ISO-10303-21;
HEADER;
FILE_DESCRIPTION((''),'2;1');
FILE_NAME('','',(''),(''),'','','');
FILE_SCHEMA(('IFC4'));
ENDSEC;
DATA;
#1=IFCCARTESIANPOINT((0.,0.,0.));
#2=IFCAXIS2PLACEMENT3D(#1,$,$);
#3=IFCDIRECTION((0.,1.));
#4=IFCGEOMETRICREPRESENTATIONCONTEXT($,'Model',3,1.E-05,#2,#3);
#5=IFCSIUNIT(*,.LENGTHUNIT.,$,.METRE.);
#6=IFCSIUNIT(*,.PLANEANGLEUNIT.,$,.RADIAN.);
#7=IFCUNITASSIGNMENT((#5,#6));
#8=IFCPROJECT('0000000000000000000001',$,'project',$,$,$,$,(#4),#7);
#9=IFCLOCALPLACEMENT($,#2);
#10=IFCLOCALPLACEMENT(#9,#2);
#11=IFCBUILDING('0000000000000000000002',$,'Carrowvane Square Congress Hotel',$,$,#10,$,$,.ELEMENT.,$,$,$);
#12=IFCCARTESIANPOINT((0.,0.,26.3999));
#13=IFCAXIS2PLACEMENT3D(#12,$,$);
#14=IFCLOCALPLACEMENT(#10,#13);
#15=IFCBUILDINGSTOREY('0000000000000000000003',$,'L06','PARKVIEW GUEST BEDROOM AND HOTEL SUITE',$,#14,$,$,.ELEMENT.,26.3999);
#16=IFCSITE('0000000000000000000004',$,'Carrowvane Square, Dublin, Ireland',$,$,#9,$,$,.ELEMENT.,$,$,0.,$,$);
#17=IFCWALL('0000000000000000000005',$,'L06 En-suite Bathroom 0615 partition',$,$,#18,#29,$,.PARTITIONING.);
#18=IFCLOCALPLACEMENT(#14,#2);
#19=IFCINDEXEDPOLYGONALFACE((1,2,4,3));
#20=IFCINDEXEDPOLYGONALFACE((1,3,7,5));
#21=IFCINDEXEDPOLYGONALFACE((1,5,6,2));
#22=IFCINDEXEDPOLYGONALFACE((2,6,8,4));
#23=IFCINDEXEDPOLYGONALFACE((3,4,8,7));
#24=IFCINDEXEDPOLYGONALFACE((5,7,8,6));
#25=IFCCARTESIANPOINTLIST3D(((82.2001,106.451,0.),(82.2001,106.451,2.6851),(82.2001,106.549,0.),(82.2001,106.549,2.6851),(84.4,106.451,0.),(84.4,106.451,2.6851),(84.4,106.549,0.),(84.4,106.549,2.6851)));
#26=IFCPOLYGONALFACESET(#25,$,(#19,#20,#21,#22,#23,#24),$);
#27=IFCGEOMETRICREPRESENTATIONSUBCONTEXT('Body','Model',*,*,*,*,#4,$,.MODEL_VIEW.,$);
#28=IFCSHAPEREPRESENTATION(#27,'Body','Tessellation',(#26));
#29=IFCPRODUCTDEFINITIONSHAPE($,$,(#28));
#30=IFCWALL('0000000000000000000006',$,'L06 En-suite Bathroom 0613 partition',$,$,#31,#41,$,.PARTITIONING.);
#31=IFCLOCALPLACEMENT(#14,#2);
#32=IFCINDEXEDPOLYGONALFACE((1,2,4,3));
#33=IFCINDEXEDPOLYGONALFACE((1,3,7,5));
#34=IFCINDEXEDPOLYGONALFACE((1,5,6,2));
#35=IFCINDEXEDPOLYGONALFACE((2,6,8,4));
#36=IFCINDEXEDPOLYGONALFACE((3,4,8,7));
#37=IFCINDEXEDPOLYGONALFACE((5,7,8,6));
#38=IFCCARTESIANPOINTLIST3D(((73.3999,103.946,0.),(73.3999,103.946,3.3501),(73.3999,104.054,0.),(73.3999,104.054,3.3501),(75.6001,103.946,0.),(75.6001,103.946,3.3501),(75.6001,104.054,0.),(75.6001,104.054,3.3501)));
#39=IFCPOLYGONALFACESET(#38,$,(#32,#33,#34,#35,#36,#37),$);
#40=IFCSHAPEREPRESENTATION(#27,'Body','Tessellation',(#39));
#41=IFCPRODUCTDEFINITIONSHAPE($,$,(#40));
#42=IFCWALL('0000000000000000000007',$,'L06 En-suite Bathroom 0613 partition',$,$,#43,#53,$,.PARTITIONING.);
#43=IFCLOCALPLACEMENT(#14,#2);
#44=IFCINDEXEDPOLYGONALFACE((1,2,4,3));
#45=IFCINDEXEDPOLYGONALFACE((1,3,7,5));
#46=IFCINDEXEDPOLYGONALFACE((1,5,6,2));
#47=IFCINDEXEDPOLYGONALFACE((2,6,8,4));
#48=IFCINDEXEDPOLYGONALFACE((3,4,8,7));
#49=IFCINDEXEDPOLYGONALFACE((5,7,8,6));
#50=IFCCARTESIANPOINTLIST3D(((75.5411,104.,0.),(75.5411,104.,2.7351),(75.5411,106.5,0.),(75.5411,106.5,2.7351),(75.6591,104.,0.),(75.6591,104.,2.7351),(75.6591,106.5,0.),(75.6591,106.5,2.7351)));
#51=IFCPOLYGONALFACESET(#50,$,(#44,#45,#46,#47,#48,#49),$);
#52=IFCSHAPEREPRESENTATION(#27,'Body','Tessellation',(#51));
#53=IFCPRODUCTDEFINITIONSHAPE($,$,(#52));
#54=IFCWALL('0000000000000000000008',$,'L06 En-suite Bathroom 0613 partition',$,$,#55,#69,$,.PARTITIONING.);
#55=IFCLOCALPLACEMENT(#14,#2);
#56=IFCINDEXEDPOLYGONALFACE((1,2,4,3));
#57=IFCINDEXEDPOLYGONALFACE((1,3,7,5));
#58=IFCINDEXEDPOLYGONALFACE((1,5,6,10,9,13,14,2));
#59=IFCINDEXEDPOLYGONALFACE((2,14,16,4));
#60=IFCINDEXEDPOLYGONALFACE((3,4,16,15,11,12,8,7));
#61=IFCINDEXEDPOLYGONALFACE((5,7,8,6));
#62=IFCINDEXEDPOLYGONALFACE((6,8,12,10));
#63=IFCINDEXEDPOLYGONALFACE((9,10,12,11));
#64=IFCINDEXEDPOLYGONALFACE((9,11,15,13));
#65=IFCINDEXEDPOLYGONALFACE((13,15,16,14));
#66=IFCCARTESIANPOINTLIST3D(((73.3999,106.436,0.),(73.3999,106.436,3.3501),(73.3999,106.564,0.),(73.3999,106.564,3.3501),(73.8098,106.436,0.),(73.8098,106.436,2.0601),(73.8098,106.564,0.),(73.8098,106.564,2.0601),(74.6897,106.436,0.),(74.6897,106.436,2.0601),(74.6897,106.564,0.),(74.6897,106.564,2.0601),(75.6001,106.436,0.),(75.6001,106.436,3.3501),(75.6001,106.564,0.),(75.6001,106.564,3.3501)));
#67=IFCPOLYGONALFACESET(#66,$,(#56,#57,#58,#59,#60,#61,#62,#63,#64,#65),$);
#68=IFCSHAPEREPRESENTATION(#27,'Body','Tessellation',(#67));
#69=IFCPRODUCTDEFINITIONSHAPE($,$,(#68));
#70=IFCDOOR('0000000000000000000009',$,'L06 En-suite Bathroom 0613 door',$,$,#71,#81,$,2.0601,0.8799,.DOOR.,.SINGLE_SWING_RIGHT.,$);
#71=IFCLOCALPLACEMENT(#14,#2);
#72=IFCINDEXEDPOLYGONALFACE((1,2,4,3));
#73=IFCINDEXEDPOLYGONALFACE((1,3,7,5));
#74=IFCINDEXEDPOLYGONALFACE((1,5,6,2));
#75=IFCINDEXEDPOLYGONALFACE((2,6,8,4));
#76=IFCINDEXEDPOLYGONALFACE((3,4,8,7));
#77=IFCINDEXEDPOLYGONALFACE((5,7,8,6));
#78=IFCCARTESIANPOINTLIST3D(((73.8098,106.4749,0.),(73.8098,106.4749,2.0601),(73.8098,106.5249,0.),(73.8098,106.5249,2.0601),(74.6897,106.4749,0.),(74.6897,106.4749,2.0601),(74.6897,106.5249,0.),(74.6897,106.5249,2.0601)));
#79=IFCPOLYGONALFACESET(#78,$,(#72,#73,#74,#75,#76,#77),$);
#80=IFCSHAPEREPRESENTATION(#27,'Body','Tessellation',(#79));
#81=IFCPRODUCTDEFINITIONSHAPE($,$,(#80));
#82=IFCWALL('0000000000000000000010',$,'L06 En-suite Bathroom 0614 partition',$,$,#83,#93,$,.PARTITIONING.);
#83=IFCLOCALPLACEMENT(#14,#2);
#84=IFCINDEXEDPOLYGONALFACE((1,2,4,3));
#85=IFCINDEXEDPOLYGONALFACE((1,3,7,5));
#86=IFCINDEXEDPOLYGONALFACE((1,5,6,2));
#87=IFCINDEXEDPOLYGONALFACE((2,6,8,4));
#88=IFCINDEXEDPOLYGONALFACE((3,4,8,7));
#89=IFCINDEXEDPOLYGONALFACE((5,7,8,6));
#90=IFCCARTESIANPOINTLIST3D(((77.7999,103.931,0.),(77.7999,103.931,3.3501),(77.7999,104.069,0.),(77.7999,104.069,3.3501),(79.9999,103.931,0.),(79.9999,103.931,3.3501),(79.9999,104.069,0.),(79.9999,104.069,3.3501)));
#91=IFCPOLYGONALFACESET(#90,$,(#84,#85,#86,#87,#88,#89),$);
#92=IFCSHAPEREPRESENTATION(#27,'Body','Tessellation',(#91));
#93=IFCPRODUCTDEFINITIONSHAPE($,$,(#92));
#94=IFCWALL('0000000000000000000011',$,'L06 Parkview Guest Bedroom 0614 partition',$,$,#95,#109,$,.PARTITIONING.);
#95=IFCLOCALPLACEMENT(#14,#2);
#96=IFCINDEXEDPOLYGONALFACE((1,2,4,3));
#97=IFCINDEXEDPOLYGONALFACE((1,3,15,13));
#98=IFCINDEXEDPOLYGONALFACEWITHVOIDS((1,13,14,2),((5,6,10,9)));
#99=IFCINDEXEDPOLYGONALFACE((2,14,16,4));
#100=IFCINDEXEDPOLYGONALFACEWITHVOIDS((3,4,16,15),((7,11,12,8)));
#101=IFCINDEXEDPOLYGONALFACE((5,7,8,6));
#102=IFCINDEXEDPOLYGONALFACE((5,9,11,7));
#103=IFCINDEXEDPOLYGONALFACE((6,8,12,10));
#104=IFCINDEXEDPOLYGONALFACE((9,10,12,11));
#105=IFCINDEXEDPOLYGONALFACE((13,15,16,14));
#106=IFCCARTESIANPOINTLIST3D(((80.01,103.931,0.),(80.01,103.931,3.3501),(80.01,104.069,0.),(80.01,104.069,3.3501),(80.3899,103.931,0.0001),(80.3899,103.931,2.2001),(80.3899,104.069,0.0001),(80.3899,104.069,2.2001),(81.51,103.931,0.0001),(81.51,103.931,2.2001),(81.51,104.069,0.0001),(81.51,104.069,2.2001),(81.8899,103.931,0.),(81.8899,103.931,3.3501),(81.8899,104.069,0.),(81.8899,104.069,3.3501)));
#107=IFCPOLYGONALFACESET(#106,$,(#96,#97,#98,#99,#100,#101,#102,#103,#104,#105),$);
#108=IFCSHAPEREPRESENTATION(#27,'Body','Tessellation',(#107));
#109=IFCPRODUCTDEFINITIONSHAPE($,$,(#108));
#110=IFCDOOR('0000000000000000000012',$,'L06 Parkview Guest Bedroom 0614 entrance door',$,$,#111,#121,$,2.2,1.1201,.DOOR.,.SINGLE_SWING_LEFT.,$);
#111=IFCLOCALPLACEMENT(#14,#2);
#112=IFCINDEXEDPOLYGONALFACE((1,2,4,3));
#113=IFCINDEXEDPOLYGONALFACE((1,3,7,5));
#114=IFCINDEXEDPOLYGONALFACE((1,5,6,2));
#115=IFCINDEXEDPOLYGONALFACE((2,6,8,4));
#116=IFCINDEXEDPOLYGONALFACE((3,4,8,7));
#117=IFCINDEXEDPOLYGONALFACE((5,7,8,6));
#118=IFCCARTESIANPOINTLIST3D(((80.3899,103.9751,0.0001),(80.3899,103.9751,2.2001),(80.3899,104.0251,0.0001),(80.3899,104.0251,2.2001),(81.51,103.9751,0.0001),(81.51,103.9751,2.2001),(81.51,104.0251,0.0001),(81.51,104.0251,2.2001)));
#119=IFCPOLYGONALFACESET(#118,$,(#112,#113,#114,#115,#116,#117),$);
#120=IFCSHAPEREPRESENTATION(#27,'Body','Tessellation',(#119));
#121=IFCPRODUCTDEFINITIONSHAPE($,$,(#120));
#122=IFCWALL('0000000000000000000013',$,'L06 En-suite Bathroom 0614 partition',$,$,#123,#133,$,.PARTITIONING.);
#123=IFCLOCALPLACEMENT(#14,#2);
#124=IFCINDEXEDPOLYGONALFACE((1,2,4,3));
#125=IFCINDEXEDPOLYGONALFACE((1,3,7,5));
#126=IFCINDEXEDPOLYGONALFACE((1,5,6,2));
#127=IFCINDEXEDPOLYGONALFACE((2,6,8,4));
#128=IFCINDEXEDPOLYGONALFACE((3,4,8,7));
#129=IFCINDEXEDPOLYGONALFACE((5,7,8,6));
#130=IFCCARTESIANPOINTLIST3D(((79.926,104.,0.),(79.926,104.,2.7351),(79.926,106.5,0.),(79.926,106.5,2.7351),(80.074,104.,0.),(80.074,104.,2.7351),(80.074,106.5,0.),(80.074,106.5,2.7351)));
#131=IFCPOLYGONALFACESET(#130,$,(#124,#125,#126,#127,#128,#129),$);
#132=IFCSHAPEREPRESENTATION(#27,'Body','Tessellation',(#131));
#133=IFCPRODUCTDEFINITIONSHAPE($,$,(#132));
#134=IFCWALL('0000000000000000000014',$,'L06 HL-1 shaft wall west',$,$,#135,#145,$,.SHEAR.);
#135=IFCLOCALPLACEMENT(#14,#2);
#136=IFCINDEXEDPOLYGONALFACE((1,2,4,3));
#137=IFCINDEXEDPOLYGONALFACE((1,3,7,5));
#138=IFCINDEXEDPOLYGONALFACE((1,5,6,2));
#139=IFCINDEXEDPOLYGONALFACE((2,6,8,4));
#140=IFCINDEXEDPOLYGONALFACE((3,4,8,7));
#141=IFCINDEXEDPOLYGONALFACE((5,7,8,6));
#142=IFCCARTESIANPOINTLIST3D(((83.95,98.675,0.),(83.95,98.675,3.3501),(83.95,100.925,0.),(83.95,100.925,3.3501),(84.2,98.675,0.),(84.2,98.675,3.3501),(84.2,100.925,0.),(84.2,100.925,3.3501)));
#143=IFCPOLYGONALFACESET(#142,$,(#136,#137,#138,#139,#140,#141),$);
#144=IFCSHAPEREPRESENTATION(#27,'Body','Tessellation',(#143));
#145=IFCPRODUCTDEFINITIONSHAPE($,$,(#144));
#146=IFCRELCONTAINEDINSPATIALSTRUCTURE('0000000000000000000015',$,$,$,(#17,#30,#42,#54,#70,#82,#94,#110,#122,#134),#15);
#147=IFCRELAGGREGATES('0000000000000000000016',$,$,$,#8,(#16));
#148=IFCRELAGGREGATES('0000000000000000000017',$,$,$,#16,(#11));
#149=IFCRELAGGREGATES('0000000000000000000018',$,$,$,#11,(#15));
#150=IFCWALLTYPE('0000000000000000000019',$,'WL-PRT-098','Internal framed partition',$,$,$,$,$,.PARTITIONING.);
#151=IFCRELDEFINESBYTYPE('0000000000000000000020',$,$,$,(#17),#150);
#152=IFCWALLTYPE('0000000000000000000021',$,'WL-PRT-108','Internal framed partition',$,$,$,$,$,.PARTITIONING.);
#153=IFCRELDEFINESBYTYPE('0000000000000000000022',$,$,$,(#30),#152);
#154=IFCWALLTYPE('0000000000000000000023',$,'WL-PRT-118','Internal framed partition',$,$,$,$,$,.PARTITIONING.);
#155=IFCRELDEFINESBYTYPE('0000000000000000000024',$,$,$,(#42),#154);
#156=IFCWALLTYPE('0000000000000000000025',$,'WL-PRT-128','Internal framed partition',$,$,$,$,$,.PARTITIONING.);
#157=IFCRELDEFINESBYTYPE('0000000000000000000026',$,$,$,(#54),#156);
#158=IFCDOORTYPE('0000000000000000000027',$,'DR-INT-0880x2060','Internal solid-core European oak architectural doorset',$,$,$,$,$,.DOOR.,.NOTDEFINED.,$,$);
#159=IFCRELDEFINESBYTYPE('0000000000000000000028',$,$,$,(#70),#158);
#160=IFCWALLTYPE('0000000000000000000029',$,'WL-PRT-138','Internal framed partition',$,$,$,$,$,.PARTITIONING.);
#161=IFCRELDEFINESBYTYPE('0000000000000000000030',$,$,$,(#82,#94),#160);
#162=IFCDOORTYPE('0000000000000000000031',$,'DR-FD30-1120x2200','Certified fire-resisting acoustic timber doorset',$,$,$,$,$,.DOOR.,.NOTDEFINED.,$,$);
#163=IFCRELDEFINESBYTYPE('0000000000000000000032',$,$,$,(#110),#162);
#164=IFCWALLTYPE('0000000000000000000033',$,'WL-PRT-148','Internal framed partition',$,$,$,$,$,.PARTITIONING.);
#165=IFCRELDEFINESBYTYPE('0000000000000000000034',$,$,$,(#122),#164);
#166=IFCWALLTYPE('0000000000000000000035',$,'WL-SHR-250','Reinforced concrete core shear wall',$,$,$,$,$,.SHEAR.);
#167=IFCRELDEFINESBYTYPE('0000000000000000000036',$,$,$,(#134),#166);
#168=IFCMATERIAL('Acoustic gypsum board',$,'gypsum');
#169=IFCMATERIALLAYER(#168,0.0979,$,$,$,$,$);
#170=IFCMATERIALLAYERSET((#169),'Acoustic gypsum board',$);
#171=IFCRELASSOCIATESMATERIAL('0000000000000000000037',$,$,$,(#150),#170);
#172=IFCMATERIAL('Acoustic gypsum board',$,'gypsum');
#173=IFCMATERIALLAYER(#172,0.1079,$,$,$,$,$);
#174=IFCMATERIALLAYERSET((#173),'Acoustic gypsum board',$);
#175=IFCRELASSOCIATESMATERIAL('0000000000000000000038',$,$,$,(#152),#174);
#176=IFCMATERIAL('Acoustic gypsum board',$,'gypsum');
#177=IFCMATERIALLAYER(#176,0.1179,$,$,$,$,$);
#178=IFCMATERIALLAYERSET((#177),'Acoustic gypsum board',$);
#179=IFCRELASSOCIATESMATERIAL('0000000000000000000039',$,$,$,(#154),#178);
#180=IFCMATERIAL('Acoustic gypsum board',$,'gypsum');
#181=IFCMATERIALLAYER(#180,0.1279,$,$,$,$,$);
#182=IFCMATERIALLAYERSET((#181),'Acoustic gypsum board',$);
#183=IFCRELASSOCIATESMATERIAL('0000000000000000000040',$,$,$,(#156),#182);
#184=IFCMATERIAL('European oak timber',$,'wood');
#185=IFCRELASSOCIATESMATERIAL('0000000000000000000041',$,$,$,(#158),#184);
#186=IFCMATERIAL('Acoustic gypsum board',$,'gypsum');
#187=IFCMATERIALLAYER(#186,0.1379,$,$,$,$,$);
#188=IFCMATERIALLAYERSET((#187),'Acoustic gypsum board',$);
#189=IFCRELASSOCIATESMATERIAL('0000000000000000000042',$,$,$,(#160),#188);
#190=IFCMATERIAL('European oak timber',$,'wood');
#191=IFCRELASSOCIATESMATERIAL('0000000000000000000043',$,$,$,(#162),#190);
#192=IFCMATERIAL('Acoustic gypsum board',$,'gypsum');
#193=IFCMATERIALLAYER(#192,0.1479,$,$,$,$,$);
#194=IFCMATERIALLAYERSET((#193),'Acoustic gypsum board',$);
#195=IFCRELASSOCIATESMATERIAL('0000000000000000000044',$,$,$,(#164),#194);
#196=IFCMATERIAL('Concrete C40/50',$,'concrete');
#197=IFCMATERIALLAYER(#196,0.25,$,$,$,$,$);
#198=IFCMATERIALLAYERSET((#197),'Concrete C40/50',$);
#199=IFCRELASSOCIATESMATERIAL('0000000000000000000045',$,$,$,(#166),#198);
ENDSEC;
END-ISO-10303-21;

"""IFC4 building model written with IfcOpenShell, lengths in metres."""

from ifc_helpers import new_model, si_unit, direction, frame, frame_2d, origin, place, context, subcontext, project, spatial, rectangle, extrude, material, layer, layer_set, type_object, element, fill, save


model = new_model("IFC4")

# Units and contexts
model_context = context("Model", 3, precision=1e-05, world=origin(), true_north=direction((0.0, 1.0)))
body_context = subcontext(model_context, "Body", "Model", "MODEL_VIEW")
ifc_project = project(units=[si_unit("LENGTHUNIT", "METRE"), si_unit("PLANEANGLEUNIT", "RADIAN")], contexts=[model_context])

# Site, building, storey
site_placement = place(None, origin())
site = spatial("IfcSite", under=ifc_project, at=site_placement, Name="Carrowvane Square, Dublin, Ireland", CompositionType="ELEMENT", RefElevation=0.0)
building_placement = place(site_placement, origin())
building = spatial("IfcBuilding", under=site, at=building_placement, Name="Carrowvane Square Congress Hotel", CompositionType="ELEMENT")
storey_placement = place(building_placement, frame((0.0, 0.0, 26.3999)))
storey = spatial("IfcBuildingStorey", under=building, at=storey_placement, Name="L06", Description="PARKVIEW GUEST BEDROOM AND HOTEL SUITE", CompositionType="ELEMENT", Elevation=26.3999)

# Walls
ifc_material_1 = material(Name="Acoustic gypsum board", Category="gypsum")
ifc_layer_1 = layer(ifc_material_1, 0.0979)
ifc_layer_set_1 = layer_set([ifc_layer_1], Name="Acoustic gypsum board")
wall_type_1 = type_object("IfcWallType", Name="WL-PRT-098", Description="Internal framed partition", PredefinedType="PARTITIONING", material=ifc_layer_set_1)
wall_1_placement = place(storey_placement, frame((82.2, 106.5, 0.0), z_axis=(0.0, 0.0, 1.0), x_axis=(1.0, 0.0, 0.0)))
element("IfcWall", 1, at=wall_1_placement, inside=storey, type_object=wall_type_1, Name="L06 En-suite Bathroom 0615 partition", PredefinedType="PARTITIONING", context=body_context, shape_type="SweptSolid", body=[
    extrude(rectangle(XDim=2.2, YDim=0.0979, at=frame_2d((1.1001, 0.0))), origin(), (0.0, 0.0, 1.0), 2.6851),
])
ifc_material_2 = material(Name="Acoustic gypsum board", Category="gypsum")
ifc_layer_2 = layer(ifc_material_2, 0.1079)
ifc_layer_set_2 = layer_set([ifc_layer_2], Name="Acoustic gypsum board")
wall_type_2 = type_object("IfcWallType", Name="WL-PRT-108", Description="Internal framed partition", PredefinedType="PARTITIONING", material=ifc_layer_set_2)
wall_2_placement = place(storey_placement, frame((75.6001, 104.0, 0.0), z_axis=(0.0, 0.0, 1.0), x_axis=(-1.0, 0.0, 0.0)))
element("IfcWall", 2, at=wall_2_placement, inside=storey, type_object=wall_type_2, Name="L06 En-suite Bathroom 0613 partition", PredefinedType="PARTITIONING", context=body_context, shape_type="SweptSolid", body=[
    extrude(rectangle(XDim=2.2002, YDim=0.1079, at=frame_2d((1.1001, 0.0))), origin(), (0.0, 0.0, 1.0), 3.3501),
])
ifc_material_3 = material(Name="Acoustic gypsum board", Category="gypsum")
ifc_layer_3 = layer(ifc_material_3, 0.1179)
ifc_layer_set_3 = layer_set([ifc_layer_3], Name="Acoustic gypsum board")
wall_type_3 = type_object("IfcWallType", Name="WL-PRT-118", Description="Internal framed partition", PredefinedType="PARTITIONING", material=ifc_layer_set_3)
wall_3_placement = place(storey_placement, frame((75.6001, 106.5, 0.0), z_axis=(0.0, 0.0, 1.0), x_axis=(0.0, -1.0, 0.0)))
element("IfcWall", 3, at=wall_3_placement, inside=storey, type_object=wall_type_3, Name="L06 En-suite Bathroom 0613 partition", PredefinedType="PARTITIONING", context=body_context, shape_type="SweptSolid", body=[
    extrude(rectangle(XDim=2.5, YDim=0.1179, at=frame_2d((1.25, 0.0))), origin(), (0.0, 0.0, 1.0), 2.7351),
])

# Wall, opening, door
ifc_material_4 = material(Name="Acoustic gypsum board", Category="gypsum")
ifc_layer_4 = layer(ifc_material_4, 0.1279)
ifc_layer_set_4 = layer_set([ifc_layer_4], Name="Acoustic gypsum board")
wall_type_4 = type_object("IfcWallType", Name="WL-PRT-128", Description="Internal framed partition", PredefinedType="PARTITIONING", material=ifc_layer_set_4)
wall_4_placement = place(storey_placement, frame((73.3999, 106.5, 0.0), z_axis=(0.0, 0.0, 1.0), x_axis=(1.0, 0.0, 0.0)))
wall_4 = element("IfcWall", 4, at=wall_4_placement, inside=storey, type_object=wall_type_4, Name="L06 En-suite Bathroom 0613 partition", PredefinedType="PARTITIONING", context=body_context, shape_type="SweptSolid", body=[
    extrude(rectangle(XDim=2.2002, YDim=0.1279, at=frame_2d((1.1001, 0.0))), origin(), (0.0, 0.0, 1.0), 3.3501),
])
opening_1_placement = place(wall_4_placement, frame((0.4099, 0.0, 0.0)))
opening_1 = element("IfcOpeningElement", 5, at=opening_1_placement, cuts=wall_4, PredefinedType="OPENING", context=body_context, shape_type="SweptSolid", body=[
    extrude(rectangle(XDim=0.8799, YDim=2.0601, at=frame_2d((0.4399, 1.03))), frame((0.0, 0.074, 0.0), z_axis=(0.0, -1.0, 0.0), x_axis=(1.0, 0.0, 0.0)), (0.0, 0.0, 1.0), 0.1479),
])
ifc_material_5 = material(Name="European oak timber", Category="wood")
door_type_1 = type_object("IfcDoorType", Name="DR-INT-0880x2060", Description="Internal solid-core European oak architectural doorset", OperationType="NOTDEFINED", PredefinedType="DOOR", material=ifc_material_5)
door_1_placement = place(opening_1_placement, origin())
door_1 = element("IfcDoor", 6, at=door_1_placement, inside=storey, type_object=door_type_1, Name="L06 En-suite Bathroom 0613 door", OperationType="SINGLE_SWING_RIGHT", OverallHeight=2.0601, OverallWidth=0.8799, PredefinedType="DOOR", context=body_context, shape_type="SweptSolid", body=[
    extrude(rectangle(XDim=0.8799, YDim=2.0601, at=frame_2d((0.4399, 1.03))), frame((0.0, 0.0249, 0.0), z_axis=(0.0, -1.0, 0.0), x_axis=(1.0, 0.0, 0.0)), (0.0, 0.0, 1.0), 0.05),
])
fill(opening_1, door_1)

# Wall
ifc_material_6 = material(Name="Acoustic gypsum board", Category="gypsum")
ifc_layer_5 = layer(ifc_material_6, 0.1379)
ifc_layer_set_5 = layer_set([ifc_layer_5], Name="Acoustic gypsum board")
wall_type_5 = type_object("IfcWallType", Name="WL-PRT-138", Description="Internal framed partition", PredefinedType="PARTITIONING", material=ifc_layer_set_5)
wall_5_placement = place(storey_placement, frame((80.0, 104.0, 0.0), z_axis=(0.0, 0.0, 1.0), x_axis=(-1.0, 0.0, 0.0)))
element("IfcWall", 7, at=wall_5_placement, inside=storey, type_object=wall_type_5, Name="L06 En-suite Bathroom 0614 partition", PredefinedType="PARTITIONING", context=body_context, shape_type="SweptSolid", body=[
    extrude(rectangle(XDim=2.2, YDim=0.1379, at=frame_2d((1.1001, 0.0))), origin(), (0.0, 0.0, 1.0), 3.3501),
])

# Wall, opening, door
wall_6_placement = place(storey_placement, frame((81.8899, 104.0, 0.0), z_axis=(0.0, 0.0, 1.0), x_axis=(-1.0, 0.0, 0.0)))
wall_6 = element("IfcWall", 8, at=wall_6_placement, inside=storey, type_object=wall_type_5, Name="L06 Parkview Guest Bedroom 0614 partition", PredefinedType="PARTITIONING", context=body_context, shape_type="SweptSolid", body=[
    extrude(rectangle(XDim=1.8799, YDim=0.1379, at=frame_2d((0.9399, 0.0))), origin(), (0.0, 0.0, 1.0), 3.3501),
])
opening_2_placement = place(wall_6_placement, frame((0.3799, 0.0, 0.0)))
opening_2 = element("IfcOpeningElement", 9, at=opening_2_placement, cuts=wall_6, PredefinedType="OPENING", context=body_context, shape_type="SweptSolid", body=[
    extrude(rectangle(XDim=1.1201, YDim=2.2, at=frame_2d((0.5601, 1.1001))), frame((0.0, 0.0789, 0.0), z_axis=(0.0, -1.0, 0.0), x_axis=(1.0, 0.0, 0.0)), (0.0, 0.0, 1.0), 0.158),
])
ifc_material_7 = material(Name="European oak timber", Category="wood")
door_type_2 = type_object("IfcDoorType", Name="DR-FD30-1120x2200", Description="Certified fire-resisting acoustic timber doorset", OperationType="NOTDEFINED", PredefinedType="DOOR", material=ifc_material_7)
door_2_placement = place(opening_2_placement, origin())
door_2 = element("IfcDoor", 10, at=door_2_placement, inside=storey, type_object=door_type_2, Name="L06 Parkview Guest Bedroom 0614 entrance door", OperationType="SINGLE_SWING_LEFT", OverallHeight=2.2, OverallWidth=1.1201, PredefinedType="DOOR", context=body_context, shape_type="SweptSolid", body=[
    extrude(rectangle(XDim=1.1201, YDim=2.2, at=frame_2d((0.5601, 1.1001))), frame((0.0, 0.0249, 0.0), z_axis=(0.0, -1.0, 0.0), x_axis=(1.0, 0.0, 0.0)), (0.0, 0.0, 1.0), 0.05),
])
fill(opening_2, door_2)
ifc_material_8 = material(Name="Acoustic gypsum board", Category="gypsum")
ifc_layer_6 = layer(ifc_material_8, 0.1479)
ifc_layer_set_6 = layer_set([ifc_layer_6], Name="Acoustic gypsum board")
wall_type_6 = type_object("IfcWallType", Name="WL-PRT-148", Description="Internal framed partition", PredefinedType="PARTITIONING", material=ifc_layer_set_6)

# Walls
wall_7_placement = place(storey_placement, frame((80.0, 106.5, 0.0), z_axis=(0.0, 0.0, 1.0), x_axis=(0.0, -1.0, 0.0)))
element("IfcWall", 11, at=wall_7_placement, inside=storey, type_object=wall_type_6, Name="L06 En-suite Bathroom 0614 partition", PredefinedType="PARTITIONING", context=body_context, shape_type="SweptSolid", body=[
    extrude(rectangle(XDim=2.5, YDim=0.1479, at=frame_2d((1.25, 0.0))), origin(), (0.0, 0.0, 1.0), 2.7351),
])
ifc_material_9 = material(Name="Concrete C40/50", Category="concrete")
ifc_layer_7 = layer(ifc_material_9, 0.25)
ifc_layer_set_7 = layer_set([ifc_layer_7], Name="Concrete C40/50")
wall_type_7 = type_object("IfcWallType", Name="WL-SHR-250", Description="Reinforced concrete core shear wall", PredefinedType="SHEAR", material=ifc_layer_set_7)
wall_8_placement = place(storey_placement, frame((84.075, 100.925, 0.0), z_axis=(0.0, 0.0, 1.0), x_axis=(0.0, -1.0, 0.0)))
element("IfcWall", 12, at=wall_8_placement, inside=storey, type_object=wall_type_7, Name="L06 HL-1 shaft wall west", PredefinedType="SHEAR", context=body_context, shape_type="SweptSolid", body=[
    extrude(rectangle(XDim=2.25, YDim=0.25, at=frame_2d((1.125, 0.0))), origin(), (0.0, 0.0, 1.0), 3.3501),
])

save(model, "model.ifc")
